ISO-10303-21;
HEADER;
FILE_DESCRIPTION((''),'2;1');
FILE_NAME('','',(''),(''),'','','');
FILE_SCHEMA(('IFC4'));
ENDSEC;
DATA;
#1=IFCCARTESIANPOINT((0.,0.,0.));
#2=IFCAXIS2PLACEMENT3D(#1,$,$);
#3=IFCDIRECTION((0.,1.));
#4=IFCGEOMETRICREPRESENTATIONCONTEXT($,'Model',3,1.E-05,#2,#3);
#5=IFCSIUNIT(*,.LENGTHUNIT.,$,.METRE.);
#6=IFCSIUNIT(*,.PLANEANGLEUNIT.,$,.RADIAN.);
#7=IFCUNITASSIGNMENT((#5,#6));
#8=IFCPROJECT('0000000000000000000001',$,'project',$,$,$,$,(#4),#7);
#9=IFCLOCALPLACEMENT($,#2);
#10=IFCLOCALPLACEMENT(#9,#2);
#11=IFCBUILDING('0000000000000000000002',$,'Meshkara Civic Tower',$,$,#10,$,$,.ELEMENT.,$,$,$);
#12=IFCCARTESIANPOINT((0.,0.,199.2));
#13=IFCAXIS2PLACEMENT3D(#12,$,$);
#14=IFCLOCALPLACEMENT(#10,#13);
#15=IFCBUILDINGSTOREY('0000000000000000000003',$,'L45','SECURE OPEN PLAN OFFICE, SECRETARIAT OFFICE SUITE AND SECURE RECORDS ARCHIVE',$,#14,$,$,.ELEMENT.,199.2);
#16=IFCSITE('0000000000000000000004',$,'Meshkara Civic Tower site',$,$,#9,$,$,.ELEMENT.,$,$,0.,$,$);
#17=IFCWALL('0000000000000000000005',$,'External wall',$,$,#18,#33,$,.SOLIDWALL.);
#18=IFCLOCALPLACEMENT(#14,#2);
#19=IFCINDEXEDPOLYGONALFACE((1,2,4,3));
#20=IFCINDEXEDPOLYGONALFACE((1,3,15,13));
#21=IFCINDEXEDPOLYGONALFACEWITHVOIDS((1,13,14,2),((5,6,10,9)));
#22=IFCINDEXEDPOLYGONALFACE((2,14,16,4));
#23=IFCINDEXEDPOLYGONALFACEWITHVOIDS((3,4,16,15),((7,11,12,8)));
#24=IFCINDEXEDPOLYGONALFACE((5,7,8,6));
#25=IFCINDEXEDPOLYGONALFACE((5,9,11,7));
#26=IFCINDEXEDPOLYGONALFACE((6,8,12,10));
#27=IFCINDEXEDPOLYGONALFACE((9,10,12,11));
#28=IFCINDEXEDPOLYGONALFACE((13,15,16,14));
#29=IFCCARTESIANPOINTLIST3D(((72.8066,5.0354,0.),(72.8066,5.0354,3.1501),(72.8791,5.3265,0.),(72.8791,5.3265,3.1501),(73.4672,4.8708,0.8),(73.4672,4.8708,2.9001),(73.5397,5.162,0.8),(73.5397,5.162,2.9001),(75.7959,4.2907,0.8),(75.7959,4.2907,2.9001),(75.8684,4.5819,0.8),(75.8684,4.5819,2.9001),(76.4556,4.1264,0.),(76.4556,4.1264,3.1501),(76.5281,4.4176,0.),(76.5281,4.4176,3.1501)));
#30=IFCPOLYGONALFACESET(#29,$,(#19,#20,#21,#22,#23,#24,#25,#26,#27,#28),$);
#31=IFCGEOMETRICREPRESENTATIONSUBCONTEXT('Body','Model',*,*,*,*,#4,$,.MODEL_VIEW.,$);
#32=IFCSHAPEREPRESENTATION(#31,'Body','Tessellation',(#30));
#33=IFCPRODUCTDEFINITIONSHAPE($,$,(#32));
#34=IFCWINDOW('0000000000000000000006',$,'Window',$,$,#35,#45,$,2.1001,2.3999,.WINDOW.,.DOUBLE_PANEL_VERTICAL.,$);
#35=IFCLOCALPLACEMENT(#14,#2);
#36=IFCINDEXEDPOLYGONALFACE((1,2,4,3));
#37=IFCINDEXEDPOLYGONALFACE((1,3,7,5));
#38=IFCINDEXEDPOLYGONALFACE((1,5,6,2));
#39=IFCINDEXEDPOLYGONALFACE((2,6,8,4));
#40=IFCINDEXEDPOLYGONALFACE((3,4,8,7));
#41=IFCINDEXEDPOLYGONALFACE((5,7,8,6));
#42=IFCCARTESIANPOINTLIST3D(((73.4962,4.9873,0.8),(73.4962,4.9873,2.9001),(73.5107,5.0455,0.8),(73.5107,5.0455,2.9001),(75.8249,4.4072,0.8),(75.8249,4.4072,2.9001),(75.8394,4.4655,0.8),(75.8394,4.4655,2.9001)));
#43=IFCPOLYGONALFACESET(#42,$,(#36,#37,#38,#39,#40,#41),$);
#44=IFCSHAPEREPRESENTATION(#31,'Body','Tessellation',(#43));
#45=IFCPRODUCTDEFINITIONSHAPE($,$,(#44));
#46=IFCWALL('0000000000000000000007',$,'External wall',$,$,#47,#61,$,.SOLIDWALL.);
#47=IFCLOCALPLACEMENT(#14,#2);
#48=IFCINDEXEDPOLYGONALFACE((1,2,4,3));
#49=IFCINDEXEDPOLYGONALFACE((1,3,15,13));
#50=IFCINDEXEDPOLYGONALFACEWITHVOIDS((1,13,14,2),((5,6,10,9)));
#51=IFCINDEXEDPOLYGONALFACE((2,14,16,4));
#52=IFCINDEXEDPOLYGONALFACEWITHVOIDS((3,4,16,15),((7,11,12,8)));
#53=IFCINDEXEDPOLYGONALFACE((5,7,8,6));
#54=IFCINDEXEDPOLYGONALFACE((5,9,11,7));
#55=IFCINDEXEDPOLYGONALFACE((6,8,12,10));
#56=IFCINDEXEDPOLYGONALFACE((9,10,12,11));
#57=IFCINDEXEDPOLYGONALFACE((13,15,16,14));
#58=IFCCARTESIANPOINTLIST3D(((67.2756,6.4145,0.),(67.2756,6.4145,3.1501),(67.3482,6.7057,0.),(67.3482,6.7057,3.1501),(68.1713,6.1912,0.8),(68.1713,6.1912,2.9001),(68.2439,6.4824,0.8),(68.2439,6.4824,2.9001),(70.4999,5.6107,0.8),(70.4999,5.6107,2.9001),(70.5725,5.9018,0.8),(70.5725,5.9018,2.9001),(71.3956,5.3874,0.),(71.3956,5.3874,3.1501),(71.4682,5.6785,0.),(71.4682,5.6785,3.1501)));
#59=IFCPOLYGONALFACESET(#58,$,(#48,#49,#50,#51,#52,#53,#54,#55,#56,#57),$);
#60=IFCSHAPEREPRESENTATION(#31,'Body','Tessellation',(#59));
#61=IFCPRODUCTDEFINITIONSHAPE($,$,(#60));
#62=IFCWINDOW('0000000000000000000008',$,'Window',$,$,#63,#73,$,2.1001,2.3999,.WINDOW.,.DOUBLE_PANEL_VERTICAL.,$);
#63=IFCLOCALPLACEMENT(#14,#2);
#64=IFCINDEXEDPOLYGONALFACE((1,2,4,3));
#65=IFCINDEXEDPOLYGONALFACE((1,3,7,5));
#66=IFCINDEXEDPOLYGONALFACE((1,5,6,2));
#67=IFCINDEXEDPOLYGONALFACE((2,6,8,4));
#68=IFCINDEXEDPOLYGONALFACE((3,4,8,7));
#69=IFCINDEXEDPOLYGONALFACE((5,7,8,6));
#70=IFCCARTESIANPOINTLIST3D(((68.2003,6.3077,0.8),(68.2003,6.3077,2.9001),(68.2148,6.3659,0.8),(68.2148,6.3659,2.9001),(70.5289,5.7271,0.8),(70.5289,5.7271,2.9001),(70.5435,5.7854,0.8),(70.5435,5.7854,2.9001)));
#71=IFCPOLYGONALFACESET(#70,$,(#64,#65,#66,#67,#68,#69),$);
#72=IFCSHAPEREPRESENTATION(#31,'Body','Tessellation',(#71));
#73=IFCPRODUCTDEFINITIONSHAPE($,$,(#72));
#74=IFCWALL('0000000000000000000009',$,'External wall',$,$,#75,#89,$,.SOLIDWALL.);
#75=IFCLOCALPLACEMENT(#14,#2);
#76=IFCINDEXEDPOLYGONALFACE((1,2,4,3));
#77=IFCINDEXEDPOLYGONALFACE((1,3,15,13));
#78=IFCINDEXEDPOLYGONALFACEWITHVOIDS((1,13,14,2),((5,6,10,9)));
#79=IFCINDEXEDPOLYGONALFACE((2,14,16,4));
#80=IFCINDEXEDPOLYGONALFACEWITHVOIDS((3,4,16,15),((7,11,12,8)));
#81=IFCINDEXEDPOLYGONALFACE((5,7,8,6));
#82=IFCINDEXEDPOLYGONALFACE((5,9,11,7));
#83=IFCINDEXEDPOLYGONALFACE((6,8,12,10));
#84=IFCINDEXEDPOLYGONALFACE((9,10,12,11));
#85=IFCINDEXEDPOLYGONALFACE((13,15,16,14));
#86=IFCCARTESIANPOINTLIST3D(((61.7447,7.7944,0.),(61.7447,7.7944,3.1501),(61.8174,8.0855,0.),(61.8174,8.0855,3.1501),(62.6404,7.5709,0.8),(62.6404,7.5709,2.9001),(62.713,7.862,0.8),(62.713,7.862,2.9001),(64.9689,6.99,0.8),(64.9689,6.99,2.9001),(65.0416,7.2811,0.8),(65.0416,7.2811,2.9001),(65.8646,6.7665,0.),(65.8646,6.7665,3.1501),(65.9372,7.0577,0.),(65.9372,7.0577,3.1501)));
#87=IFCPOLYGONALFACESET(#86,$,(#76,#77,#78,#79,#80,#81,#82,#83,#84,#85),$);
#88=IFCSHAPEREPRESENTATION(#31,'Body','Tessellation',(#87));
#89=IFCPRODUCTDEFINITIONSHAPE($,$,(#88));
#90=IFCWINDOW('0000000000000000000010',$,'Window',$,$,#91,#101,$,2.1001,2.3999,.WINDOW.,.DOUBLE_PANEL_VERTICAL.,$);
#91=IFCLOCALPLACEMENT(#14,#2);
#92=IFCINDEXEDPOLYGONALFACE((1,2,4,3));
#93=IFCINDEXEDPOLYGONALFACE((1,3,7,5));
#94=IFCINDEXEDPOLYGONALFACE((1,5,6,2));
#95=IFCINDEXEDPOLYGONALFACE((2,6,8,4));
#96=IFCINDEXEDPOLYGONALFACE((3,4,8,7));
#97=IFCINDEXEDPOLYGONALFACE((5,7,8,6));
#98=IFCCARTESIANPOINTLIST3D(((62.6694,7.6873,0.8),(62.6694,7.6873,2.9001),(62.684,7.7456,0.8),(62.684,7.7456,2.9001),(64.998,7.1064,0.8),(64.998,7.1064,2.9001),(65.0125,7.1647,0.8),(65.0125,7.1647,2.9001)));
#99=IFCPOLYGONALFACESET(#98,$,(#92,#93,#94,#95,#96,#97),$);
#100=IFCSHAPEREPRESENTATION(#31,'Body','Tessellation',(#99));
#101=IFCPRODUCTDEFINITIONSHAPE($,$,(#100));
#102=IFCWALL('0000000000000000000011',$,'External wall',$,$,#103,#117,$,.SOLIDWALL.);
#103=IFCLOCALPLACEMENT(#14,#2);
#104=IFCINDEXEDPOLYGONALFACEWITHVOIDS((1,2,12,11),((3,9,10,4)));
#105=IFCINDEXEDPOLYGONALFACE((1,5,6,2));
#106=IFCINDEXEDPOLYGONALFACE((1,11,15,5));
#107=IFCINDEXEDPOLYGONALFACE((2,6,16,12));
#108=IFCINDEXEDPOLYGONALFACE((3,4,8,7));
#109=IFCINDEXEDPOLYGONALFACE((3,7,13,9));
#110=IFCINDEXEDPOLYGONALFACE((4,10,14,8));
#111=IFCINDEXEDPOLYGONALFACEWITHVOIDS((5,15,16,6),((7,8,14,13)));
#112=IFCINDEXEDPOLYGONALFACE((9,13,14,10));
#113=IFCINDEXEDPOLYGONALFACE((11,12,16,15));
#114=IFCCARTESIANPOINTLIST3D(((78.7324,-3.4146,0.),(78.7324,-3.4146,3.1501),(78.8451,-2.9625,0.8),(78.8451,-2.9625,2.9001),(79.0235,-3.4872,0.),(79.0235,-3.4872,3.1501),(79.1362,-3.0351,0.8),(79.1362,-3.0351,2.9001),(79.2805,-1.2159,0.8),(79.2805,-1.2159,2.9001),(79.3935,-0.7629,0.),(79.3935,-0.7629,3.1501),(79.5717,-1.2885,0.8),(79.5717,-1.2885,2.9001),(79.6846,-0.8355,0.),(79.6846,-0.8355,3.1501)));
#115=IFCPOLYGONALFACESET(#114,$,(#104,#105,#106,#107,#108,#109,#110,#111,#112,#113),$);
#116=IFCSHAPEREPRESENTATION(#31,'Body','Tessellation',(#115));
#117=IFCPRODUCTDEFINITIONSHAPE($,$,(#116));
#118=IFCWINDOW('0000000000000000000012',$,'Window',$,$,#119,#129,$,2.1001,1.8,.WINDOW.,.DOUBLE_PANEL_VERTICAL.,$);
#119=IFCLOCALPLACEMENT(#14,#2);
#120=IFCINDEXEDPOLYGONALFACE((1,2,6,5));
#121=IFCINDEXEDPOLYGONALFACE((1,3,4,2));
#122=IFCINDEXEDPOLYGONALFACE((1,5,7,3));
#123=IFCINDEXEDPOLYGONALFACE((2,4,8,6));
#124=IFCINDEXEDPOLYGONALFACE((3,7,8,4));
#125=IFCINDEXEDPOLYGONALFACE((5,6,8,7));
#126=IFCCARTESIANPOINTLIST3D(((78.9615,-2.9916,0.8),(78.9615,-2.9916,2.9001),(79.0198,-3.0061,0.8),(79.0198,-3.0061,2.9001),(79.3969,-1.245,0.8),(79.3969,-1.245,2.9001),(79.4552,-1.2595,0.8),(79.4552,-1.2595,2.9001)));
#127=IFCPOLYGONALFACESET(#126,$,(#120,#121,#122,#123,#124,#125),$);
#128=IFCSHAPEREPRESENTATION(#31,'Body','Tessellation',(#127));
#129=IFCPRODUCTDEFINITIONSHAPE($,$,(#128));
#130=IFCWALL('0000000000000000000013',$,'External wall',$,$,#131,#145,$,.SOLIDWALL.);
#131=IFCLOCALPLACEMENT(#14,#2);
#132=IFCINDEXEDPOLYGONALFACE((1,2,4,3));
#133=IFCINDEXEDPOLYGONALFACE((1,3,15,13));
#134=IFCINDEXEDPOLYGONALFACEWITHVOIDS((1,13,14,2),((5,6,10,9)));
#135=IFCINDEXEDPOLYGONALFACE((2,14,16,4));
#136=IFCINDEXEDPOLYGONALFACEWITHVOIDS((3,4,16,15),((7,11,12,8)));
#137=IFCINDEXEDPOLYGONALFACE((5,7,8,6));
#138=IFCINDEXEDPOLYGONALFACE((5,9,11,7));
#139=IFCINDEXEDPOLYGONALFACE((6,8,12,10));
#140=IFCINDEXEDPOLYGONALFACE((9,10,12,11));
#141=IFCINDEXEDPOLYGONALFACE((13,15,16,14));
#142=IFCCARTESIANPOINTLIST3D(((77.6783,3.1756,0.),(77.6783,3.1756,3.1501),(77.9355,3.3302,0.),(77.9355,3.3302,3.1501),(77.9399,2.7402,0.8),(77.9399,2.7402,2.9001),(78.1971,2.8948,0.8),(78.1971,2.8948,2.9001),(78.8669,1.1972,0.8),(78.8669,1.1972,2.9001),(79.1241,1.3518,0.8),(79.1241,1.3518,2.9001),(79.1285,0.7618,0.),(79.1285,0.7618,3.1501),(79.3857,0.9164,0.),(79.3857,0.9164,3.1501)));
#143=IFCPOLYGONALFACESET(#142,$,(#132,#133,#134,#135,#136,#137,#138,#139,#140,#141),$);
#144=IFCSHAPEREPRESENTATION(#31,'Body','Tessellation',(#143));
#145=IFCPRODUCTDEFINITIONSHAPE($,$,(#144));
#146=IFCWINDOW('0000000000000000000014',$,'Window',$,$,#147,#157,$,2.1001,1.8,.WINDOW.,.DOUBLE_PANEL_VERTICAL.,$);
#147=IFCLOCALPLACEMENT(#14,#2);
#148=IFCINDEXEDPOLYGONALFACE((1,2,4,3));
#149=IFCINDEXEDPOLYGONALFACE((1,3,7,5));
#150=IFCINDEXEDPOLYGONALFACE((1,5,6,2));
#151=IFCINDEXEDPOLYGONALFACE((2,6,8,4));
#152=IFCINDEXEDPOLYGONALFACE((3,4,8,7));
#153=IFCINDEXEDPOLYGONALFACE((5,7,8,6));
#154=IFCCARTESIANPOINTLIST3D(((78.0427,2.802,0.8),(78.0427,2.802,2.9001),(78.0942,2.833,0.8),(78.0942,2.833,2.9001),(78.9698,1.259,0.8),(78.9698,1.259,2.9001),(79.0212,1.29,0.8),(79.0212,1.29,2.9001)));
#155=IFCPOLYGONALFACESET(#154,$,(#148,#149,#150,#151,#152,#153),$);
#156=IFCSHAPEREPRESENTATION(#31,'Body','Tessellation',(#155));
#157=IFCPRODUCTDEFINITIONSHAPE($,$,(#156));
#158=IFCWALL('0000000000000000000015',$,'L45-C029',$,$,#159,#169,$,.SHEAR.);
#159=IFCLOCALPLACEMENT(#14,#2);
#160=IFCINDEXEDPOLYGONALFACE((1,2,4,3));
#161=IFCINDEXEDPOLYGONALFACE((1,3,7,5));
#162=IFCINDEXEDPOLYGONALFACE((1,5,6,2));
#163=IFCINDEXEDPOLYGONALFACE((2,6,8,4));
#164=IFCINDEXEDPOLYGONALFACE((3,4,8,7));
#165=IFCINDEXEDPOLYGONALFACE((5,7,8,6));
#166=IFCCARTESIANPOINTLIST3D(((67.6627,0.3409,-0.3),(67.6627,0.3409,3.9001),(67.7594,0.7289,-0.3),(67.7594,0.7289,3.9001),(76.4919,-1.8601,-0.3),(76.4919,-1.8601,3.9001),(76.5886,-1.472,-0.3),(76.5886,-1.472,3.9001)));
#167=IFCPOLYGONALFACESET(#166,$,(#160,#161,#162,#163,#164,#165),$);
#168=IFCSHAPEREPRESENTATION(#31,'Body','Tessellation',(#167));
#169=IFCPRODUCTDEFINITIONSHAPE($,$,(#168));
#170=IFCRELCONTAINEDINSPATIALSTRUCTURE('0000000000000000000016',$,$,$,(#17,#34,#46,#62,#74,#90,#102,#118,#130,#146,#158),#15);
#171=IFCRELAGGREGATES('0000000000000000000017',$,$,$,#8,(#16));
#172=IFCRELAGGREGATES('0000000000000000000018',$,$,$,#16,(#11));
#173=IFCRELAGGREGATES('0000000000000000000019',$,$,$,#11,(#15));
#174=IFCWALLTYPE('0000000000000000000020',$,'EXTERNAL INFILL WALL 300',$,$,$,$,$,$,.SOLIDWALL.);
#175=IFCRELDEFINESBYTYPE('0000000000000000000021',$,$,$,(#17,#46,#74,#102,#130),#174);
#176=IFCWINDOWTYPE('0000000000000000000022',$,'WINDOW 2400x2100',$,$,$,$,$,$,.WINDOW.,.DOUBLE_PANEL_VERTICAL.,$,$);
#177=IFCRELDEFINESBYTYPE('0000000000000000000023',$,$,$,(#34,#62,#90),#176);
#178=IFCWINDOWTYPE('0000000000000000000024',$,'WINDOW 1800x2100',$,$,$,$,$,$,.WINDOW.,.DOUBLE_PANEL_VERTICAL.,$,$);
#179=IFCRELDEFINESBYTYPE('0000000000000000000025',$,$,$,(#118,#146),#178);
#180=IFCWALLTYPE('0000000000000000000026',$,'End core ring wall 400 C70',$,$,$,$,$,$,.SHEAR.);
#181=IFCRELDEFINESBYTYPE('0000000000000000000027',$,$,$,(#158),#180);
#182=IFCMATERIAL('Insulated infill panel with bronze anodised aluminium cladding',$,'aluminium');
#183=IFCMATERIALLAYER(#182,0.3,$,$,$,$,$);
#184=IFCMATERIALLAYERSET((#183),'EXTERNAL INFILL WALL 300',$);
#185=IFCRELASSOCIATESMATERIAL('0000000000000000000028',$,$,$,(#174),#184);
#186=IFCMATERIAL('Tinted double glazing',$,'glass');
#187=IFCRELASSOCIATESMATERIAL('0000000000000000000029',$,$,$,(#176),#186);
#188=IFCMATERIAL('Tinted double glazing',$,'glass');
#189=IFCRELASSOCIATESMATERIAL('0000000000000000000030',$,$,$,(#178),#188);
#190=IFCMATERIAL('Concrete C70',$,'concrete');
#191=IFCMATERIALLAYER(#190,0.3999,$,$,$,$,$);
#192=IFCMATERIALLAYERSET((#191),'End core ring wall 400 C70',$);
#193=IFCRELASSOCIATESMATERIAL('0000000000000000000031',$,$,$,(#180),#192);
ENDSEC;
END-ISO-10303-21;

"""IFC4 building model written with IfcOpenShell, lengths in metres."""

from ifc_helpers import new_model, si_unit, direction, frame, frame_2d, origin, place, context, subcontext, project, spatial, rectangle, extrude, material, layer, layer_set, type_object, element, fill, save


model = new_model("IFC4")

# Units and contexts
model_context = context("Model", 3, precision=1e-05, world=origin(), true_north=direction((0.0, 1.0)))
body_context = subcontext(model_context, "Body", "Model", "MODEL_VIEW")
ifc_project = project(units=[si_unit("LENGTHUNIT", "METRE"), si_unit("PLANEANGLEUNIT", "RADIAN")], contexts=[model_context])

# Site, building, storey
site_placement = place(None, origin())
site = spatial("IfcSite", under=ifc_project, at=site_placement, Name="Meshkara Civic Tower site", CompositionType="ELEMENT", RefElevation=0.0)
building_placement = place(site_placement, origin())
building = spatial("IfcBuilding", under=site, at=building_placement, Name="Meshkara Civic Tower", CompositionType="ELEMENT")
storey_placement = place(building_placement, frame((0.0, 0.0, 199.2)))
storey = spatial("IfcBuildingStorey", under=building, at=storey_placement, Name="L45", Description="SECURE OPEN PLAN OFFICE, SECRETARIAT OFFICE SUITE AND SECURE RECORDS ARCHIVE", CompositionType="ELEMENT", Elevation=199.2)

# Walls, openings, windows
ifc_material_1 = material(Name="Insulated infill panel with bronze anodised aluminium cladding", Category="aluminium")
ifc_layer_1 = layer(ifc_material_1, 0.3)
ifc_layer_set_1 = layer_set([ifc_layer_1], Name="EXTERNAL INFILL WALL 300")
wall_type_1 = type_object("IfcWallType", Name="EXTERNAL INFILL WALL 300", PredefinedType="SOLIDWALL", material=ifc_layer_set_1)
wall_1_placement = place(storey_placement, frame((76.4919, 4.272, 0.0), z_axis=(0.0, 0.0, 1.0), x_axis=(-0.970348, 0.241711, 0.0)))
wall_1 = element("IfcWall", 1, at=wall_1_placement, inside=storey, type_object=wall_type_1, Name="External wall", PredefinedType="SOLIDWALL", context=body_context, shape_type="SweptSolid", body=[
    extrude(rectangle(XDim=3.7605, YDim=0.3, at=frame_2d((1.8804, 0.0))), origin(), (0.0, 0.0, 1.0), 3.1501),
])
opening_1_placement = place(wall_1_placement, frame((0.6799, 0.0, 0.8)))
opening_1 = element("IfcOpeningElement", 2, at=opening_1_placement, cuts=wall_1, PredefinedType="OPENING", context=body_context, shape_type="SweptSolid", body=[
    extrude(rectangle(XDim=2.3999, YDim=2.1001, at=frame_2d((1.2, 1.05))), frame((0.0, 0.1599, 0.0), z_axis=(0.0, -1.0, 0.0), x_axis=(1.0, 0.0, 0.0)), (0.0, 0.0, 1.0), 0.3201),
])
ifc_material_2 = material(Name="Tinted double glazing", Category="glass")
window_type_1 = type_object("IfcWindowType", Name="WINDOW 2400x2100", PartitioningType="DOUBLE_PANEL_VERTICAL", PredefinedType="WINDOW", material=ifc_material_2)
window_1_placement = place(opening_1_placement, origin())
window_1 = element("IfcWindow", 3, at=window_1_placement, inside=storey, type_object=window_type_1, Name="Window", OverallHeight=2.1001, OverallWidth=2.3999, PartitioningType="DOUBLE_PANEL_VERTICAL", PredefinedType="WINDOW", context=body_context, shape_type="SweptSolid", body=[
    extrude(rectangle(XDim=2.3999, YDim=2.1001, at=frame_2d((1.2, 1.05))), frame((0.0, 0.03, 0.0), z_axis=(0.0, -1.0, 0.0), x_axis=(1.0, 0.0, 0.0)), (0.0, 0.0, 1.0), 0.0601),
])
fill(opening_1, window_1)
wall_2_placement = place(storey_placement, frame((71.4319, 5.533, 0.0), z_axis=(0.0, 0.0, 1.0), x_axis=(-0.970301, 0.2419, 0.0)))
wall_2 = element("IfcWall", 4, at=wall_2_placement, inside=storey, type_object=wall_type_1, Name="External wall", PredefinedType="SOLIDWALL", context=body_context, shape_type="SweptSolid", body=[
    extrude(rectangle(XDim=4.2461, YDim=0.3, at=frame_2d((2.123, 0.0))), origin(), (0.0, 0.0, 1.0), 3.1501),
])
opening_2_placement = place(wall_2_placement, frame((0.9231, 0.0, 0.8)))
opening_2 = element("IfcOpeningElement", 5, at=opening_2_placement, cuts=wall_2, PredefinedType="OPENING", context=body_context, shape_type="SweptSolid", body=[
    extrude(rectangle(XDim=2.3999, YDim=2.1001, at=frame_2d((1.2, 1.05))), frame((0.0, 0.1599, 0.0), z_axis=(0.0, -1.0, 0.0), x_axis=(1.0, 0.0, 0.0)), (0.0, 0.0, 1.0), 0.3201),
])
window_2_placement = place(opening_2_placement, origin())
window_2 = element("IfcWindow", 6, at=window_2_placement, inside=storey, type_object=window_type_1, Name="Window", OverallHeight=2.1001, OverallWidth=2.3999, PartitioningType="DOUBLE_PANEL_VERTICAL", PredefinedType="WINDOW", context=body_context, shape_type="SweptSolid", body=[
    extrude(rectangle(XDim=2.3999, YDim=2.1001, at=frame_2d((1.2, 1.05))), frame((0.0, 0.03, 0.0), z_axis=(0.0, -1.0, 0.0), x_axis=(1.0, 0.0, 0.0)), (0.0, 0.0, 1.0), 0.0601),
])
fill(opening_2, window_2)
wall_3_placement = place(storey_placement, frame((65.9009, 6.9121, 0.0), z_axis=(0.0, 0.0, 1.0), x_axis=(-0.970261, 0.242062, 0.0)))
wall_3 = element("IfcWall", 7, at=wall_3_placement, inside=storey, type_object=wall_type_1, Name="External wall", PredefinedType="SOLIDWALL", context=body_context, shape_type="SweptSolid", body=[
    extrude(rectangle(XDim=4.2461, YDim=0.3, at=frame_2d((2.123, 0.0))), origin(), (0.0, 0.0, 1.0), 3.1501),
])
opening_3_placement = place(wall_3_placement, frame((0.9231, 0.0, 0.8)))
opening_3 = element("IfcOpeningElement", 8, at=opening_3_placement, cuts=wall_3, PredefinedType="OPENING", context=body_context, shape_type="SweptSolid", body=[
    extrude(rectangle(XDim=2.3999, YDim=2.1001, at=frame_2d((1.2, 1.05))), frame((0.0, 0.1599, 0.0), z_axis=(0.0, -1.0, 0.0), x_axis=(1.0, 0.0, 0.0)), (0.0, 0.0, 1.0), 0.3201),
])
window_3_placement = place(opening_3_placement, origin())
window_3 = element("IfcWindow", 9, at=window_3_placement, inside=storey, type_object=window_type_1, Name="Window", OverallHeight=2.1001, OverallWidth=2.3999, PartitioningType="DOUBLE_PANEL_VERTICAL", PredefinedType="WINDOW", context=body_context, shape_type="SweptSolid", body=[
    extrude(rectangle(XDim=2.3999, YDim=2.1001, at=frame_2d((1.2, 1.05))), frame((0.0, 0.03, 0.0), z_axis=(0.0, -1.0, 0.0), x_axis=(1.0, 0.0, 0.0)), (0.0, 0.0, 1.0), 0.0601),
])
fill(opening_3, window_3)
wall_4_placement = place(storey_placement, frame((78.8779, -3.4509, 0.0), z_axis=(0.0, 0.0, 1.0), x_axis=(0.241905, 0.9703, 0.0)))
wall_4 = element("IfcWall", 10, at=wall_4_placement, inside=storey, type_object=wall_type_1, Name="External wall", PredefinedType="SOLIDWALL", context=body_context, shape_type="SweptSolid", body=[
    extrude(rectangle(XDim=2.7329, YDim=0.3, at=frame_2d((1.3665, 0.0))), origin(), (0.0, 0.0, 1.0), 3.1501),
])
opening_4_placement = place(wall_4_placement, frame((0.4661, 0.0, 0.8)))
opening_4 = element("IfcOpeningElement", 11, at=opening_4_placement, cuts=wall_4, PredefinedType="OPENING", context=body_context, shape_type="SweptSolid", body=[
    extrude(rectangle(XDim=1.8, YDim=2.1001, at=frame_2d((0.8999, 1.05))), frame((0.0, 0.1599, 0.0), z_axis=(0.0, -1.0, 0.0), x_axis=(1.0, 0.0, 0.0)), (0.0, 0.0, 1.0), 0.3201),
])
ifc_material_3 = material(Name="Tinted double glazing", Category="glass")
window_type_2 = type_object("IfcWindowType", Name="WINDOW 1800x2100", PartitioningType="DOUBLE_PANEL_VERTICAL", PredefinedType="WINDOW", material=ifc_material_3)
window_4_placement = place(opening_4_placement, origin())
window_4 = element("IfcWindow", 12, at=window_4_placement, inside=storey, type_object=window_type_2, Name="Window", OverallHeight=2.1001, OverallWidth=1.8, PartitioningType="DOUBLE_PANEL_VERTICAL", PredefinedType="WINDOW", context=body_context, shape_type="SweptSolid", body=[
    extrude(rectangle(XDim=1.8, YDim=2.1001, at=frame_2d((0.8999, 1.05))), frame((0.0, 0.03, 0.0), z_axis=(0.0, -1.0, 0.0), x_axis=(1.0, 0.0, 0.0)), (0.0, 0.0, 1.0), 0.0601),
])
fill(opening_4, window_4)
wall_5_placement = place(storey_placement, frame((79.2571, 0.8391, 0.0), z_axis=(0.0, 0.0, 1.0), x_axis=(-0.514993, 0.857194, 0.0)))
wall_5 = element("IfcWall", 13, at=wall_5_placement, inside=storey, type_object=wall_type_1, Name="External wall", PredefinedType="SOLIDWALL", context=body_context, shape_type="SweptSolid", body=[
    extrude(rectangle(XDim=2.8159, YDim=0.3, at=frame_2d((1.408, 0.0))), origin(), (0.0, 0.0, 1.0), 3.1501),
])
opening_5_placement = place(wall_5_placement, frame((0.5081, 0.0, 0.8)))
opening_5 = element("IfcOpeningElement", 14, at=opening_5_placement, cuts=wall_5, PredefinedType="OPENING", context=body_context, shape_type="SweptSolid", body=[
    extrude(rectangle(XDim=1.8, YDim=2.1001, at=frame_2d((0.8999, 1.05))), frame((0.0, 0.1599, 0.0), z_axis=(0.0, -1.0, 0.0), x_axis=(1.0, 0.0, 0.0)), (0.0, 0.0, 1.0), 0.3201),
])
window_5_placement = place(opening_5_placement, origin())
window_5 = element("IfcWindow", 15, at=window_5_placement, inside=storey, type_object=window_type_2, Name="Window", OverallHeight=2.1001, OverallWidth=1.8, PartitioningType="DOUBLE_PANEL_VERTICAL", PredefinedType="WINDOW", context=body_context, shape_type="SweptSolid", body=[
    extrude(rectangle(XDim=1.8, YDim=2.1001, at=frame_2d((0.8999, 1.05))), frame((0.0, 0.03, 0.0), z_axis=(0.0, -1.0, 0.0), x_axis=(1.0, 0.0, 0.0)), (0.0, 0.0, 1.0), 0.0601),
])
fill(opening_5, window_5)

# Wall
ifc_material_4 = material(Name="Concrete C70", Category="concrete")
ifc_layer_2 = layer(ifc_material_4, 0.3999)
ifc_layer_set_2 = layer_set([ifc_layer_2], Name="End core ring wall 400 C70")
wall_type_2 = type_object("IfcWallType", Name="End core ring wall 400 C70", PredefinedType="SHEAR", material=ifc_layer_set_2)
wall_6_placement = place(storey_placement, frame((67.7109, 0.5349, -0.3), z_axis=(0.0, 0.0, 1.0), x_axis=(0.970306, -0.241879, 0.0)))
element("IfcWall", 16, at=wall_6_placement, inside=storey, type_object=wall_type_2, Name="L45-C029", PredefinedType="SHEAR", context=body_context, shape_type="SweptSolid", body=[
    extrude(rectangle(XDim=9.0994, YDim=0.3999, at=frame_2d((4.5498, 0.0))), origin(), (0.0, 0.0, 1.0), 4.2002),
])

save(model, "model.ifc")
